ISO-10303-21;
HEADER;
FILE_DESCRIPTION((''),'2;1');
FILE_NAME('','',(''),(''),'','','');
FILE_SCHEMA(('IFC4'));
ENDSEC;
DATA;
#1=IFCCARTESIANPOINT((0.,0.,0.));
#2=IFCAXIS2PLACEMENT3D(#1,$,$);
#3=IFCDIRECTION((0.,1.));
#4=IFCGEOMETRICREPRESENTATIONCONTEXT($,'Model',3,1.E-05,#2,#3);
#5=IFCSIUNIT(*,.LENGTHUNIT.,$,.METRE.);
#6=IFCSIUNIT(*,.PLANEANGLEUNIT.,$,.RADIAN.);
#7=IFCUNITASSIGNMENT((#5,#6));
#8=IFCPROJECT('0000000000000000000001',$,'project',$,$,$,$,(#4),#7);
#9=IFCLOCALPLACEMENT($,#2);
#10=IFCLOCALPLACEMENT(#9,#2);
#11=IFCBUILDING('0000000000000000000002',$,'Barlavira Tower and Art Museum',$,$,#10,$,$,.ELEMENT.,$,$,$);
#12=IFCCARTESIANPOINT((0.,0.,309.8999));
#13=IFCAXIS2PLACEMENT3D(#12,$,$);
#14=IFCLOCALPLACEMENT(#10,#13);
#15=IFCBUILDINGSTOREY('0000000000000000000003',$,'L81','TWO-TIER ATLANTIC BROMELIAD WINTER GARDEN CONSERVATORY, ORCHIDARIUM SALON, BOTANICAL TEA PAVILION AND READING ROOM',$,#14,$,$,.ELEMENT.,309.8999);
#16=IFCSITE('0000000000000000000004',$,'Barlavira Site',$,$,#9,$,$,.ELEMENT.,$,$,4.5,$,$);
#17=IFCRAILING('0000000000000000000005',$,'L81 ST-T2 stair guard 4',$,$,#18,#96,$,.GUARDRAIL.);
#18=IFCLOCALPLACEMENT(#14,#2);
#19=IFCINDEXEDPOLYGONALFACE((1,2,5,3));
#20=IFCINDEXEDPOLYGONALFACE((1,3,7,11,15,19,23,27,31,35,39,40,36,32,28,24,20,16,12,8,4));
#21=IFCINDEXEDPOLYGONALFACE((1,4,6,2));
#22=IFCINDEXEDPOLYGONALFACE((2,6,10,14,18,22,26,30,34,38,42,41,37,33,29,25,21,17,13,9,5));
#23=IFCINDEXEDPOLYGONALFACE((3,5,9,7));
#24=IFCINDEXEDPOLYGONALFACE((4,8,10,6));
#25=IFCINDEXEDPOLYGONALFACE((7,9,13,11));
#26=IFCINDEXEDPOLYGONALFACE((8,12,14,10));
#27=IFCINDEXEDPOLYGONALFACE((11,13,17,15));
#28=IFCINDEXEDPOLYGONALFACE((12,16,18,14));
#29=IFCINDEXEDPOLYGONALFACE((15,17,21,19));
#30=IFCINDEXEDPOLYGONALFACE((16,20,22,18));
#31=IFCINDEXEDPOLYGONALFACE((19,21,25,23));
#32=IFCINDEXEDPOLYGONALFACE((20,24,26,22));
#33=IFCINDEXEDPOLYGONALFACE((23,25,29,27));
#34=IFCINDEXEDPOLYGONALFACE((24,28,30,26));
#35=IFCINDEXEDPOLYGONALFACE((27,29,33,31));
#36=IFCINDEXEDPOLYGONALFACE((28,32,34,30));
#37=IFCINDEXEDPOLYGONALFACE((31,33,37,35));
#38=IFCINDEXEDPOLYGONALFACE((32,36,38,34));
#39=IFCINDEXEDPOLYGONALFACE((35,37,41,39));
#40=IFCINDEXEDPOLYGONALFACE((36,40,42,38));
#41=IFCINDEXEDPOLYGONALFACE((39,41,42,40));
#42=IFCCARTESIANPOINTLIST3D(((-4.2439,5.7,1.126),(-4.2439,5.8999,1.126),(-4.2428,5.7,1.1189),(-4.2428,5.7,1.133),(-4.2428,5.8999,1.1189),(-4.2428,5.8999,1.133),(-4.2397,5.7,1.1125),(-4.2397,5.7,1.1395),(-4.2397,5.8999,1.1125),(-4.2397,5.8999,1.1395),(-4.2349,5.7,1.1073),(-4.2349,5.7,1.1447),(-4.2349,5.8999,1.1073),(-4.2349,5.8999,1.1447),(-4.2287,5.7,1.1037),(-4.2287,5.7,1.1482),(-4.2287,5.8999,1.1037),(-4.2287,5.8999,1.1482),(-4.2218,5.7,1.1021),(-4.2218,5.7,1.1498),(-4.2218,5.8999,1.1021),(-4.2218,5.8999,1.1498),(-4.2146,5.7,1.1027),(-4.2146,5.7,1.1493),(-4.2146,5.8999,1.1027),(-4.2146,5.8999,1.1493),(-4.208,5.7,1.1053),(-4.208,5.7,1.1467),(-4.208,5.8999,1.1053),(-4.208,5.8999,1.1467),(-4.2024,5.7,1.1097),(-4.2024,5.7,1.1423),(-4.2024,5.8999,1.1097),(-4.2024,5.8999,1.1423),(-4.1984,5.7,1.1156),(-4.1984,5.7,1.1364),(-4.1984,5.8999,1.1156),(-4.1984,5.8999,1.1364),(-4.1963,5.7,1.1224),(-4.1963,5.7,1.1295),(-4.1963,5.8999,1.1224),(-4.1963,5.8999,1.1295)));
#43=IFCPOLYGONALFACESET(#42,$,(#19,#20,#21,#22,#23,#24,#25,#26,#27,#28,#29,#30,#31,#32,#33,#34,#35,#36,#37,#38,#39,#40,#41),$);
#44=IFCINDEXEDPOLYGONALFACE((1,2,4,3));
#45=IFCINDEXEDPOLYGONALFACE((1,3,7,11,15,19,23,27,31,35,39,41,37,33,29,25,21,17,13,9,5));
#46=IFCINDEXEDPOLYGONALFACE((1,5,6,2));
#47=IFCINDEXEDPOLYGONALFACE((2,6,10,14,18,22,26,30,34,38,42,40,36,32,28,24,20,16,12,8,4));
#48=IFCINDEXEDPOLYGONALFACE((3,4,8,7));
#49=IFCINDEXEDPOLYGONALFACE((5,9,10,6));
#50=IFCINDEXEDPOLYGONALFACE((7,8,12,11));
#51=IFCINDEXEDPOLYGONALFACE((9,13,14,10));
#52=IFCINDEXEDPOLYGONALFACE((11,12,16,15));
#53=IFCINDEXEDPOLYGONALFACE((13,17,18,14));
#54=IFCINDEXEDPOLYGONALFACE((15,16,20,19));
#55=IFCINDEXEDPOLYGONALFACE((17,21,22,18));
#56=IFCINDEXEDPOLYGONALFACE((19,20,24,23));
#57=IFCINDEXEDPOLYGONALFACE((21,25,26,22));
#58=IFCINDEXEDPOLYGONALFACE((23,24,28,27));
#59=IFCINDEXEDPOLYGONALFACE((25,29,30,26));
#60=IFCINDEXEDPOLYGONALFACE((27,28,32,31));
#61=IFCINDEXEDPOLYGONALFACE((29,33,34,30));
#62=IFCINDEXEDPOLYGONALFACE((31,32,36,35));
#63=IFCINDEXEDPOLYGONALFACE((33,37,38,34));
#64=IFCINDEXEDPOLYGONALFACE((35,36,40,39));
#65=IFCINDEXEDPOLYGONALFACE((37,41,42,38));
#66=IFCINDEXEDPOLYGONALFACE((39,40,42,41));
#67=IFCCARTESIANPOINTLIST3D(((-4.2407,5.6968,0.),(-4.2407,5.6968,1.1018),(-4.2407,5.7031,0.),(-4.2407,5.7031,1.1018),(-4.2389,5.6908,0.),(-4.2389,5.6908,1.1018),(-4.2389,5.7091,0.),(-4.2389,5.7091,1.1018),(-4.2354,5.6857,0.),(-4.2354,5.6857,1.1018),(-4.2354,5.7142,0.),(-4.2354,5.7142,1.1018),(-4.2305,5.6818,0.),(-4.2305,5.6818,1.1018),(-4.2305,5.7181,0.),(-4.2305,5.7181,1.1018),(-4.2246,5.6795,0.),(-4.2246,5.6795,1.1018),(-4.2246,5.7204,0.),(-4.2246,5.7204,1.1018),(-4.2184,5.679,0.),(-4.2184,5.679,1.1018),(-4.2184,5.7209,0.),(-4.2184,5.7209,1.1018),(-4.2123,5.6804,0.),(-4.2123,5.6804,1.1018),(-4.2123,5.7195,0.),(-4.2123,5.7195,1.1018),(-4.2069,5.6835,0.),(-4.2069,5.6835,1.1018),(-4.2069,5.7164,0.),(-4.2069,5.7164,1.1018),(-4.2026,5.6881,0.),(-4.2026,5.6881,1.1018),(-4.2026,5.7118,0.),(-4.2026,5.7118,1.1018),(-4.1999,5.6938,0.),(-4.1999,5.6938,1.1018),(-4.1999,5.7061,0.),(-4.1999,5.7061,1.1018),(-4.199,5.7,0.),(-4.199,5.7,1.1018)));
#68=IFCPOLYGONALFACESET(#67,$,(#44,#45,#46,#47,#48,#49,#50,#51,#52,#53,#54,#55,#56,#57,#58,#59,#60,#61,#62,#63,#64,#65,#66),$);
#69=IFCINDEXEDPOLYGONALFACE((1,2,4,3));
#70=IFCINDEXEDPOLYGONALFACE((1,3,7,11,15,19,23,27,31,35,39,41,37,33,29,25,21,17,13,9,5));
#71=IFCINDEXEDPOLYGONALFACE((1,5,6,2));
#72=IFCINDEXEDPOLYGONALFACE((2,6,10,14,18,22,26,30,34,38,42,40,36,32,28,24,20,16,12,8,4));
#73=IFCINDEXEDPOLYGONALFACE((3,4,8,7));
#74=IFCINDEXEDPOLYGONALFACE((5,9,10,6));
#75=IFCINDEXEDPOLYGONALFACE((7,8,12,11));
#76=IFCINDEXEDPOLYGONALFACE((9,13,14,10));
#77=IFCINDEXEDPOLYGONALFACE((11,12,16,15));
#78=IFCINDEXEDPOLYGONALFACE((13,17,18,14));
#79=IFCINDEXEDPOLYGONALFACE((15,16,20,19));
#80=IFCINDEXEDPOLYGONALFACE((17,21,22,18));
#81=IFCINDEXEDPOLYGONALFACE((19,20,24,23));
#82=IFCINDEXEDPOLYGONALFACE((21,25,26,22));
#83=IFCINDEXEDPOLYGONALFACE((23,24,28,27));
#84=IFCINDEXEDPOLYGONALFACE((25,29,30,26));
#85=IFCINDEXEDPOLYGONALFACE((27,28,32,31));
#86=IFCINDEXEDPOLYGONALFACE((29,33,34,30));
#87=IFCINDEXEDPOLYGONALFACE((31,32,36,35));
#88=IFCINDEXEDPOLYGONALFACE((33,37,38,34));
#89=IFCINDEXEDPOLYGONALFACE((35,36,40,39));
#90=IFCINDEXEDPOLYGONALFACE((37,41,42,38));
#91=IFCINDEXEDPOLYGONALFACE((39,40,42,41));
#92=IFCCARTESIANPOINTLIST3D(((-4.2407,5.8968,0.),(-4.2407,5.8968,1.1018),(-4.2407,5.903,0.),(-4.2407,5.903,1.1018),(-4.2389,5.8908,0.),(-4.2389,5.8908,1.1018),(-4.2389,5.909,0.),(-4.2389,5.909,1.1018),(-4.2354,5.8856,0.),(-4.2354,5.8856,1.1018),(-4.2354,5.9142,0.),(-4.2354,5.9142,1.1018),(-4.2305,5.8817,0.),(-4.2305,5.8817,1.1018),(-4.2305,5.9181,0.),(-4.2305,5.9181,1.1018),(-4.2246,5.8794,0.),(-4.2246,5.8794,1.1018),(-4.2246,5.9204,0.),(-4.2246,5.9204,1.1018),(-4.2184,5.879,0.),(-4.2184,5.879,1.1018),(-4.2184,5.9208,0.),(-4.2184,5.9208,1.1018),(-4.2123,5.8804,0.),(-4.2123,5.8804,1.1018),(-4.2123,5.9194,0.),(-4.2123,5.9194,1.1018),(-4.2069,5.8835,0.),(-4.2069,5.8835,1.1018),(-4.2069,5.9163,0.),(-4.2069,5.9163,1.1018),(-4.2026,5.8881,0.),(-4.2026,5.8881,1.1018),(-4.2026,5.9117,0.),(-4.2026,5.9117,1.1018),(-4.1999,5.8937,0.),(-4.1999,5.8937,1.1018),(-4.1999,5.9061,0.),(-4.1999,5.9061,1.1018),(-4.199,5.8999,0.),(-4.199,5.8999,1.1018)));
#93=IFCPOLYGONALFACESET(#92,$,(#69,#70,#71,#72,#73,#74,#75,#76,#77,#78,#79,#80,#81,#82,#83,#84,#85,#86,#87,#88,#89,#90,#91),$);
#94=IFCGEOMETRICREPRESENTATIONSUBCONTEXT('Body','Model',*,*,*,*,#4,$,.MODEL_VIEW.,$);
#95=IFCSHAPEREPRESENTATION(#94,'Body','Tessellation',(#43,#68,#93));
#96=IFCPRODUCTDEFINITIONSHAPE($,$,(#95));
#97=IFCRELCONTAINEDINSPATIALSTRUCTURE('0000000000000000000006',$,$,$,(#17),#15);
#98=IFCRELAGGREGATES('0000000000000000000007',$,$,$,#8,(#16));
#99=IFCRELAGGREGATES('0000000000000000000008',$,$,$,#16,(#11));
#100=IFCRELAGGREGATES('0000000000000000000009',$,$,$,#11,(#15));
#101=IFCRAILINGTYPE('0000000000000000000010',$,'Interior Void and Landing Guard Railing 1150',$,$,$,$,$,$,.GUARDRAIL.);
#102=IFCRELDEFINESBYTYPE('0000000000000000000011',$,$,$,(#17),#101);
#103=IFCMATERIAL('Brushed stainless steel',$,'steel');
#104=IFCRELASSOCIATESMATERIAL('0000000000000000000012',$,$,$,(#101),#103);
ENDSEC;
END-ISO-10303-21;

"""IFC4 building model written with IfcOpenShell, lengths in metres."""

from ifc_helpers import new_model, si_unit, direction, frame, origin, origin_2d, place, context, subcontext, project, spatial, circle, extrude, material, type_object, element, save


model = new_model("IFC4")

# Units and contexts
model_context = context("Model", 3, precision=1e-05, world=origin(), true_north=direction((0.0, 1.0)))
body_context = subcontext(model_context, "Body", "Model", "MODEL_VIEW")
ifc_project = project(units=[si_unit("LENGTHUNIT", "METRE"), si_unit("PLANEANGLEUNIT", "RADIAN")], contexts=[model_context])

# Site, building, storey
site_placement = place(None, origin())
site = spatial("IfcSite", under=ifc_project, at=site_placement, Name="Barlavira Site", CompositionType="ELEMENT", RefElevation=4.5)
building_placement = place(site_placement, origin())
building = spatial("IfcBuilding", under=site, at=building_placement, Name="Barlavira Tower and Art Museum", CompositionType="ELEMENT")
storey_placement = place(building_placement, frame((0.0, 0.0, 309.8999)))
storey = spatial("IfcBuildingStorey", under=building, at=storey_placement, Name="L81", Description="TWO-TIER ATLANTIC BROMELIAD WINTER GARDEN CONSERVATORY, ORCHIDARIUM SALON, BOTANICAL TEA PAVILION AND READING ROOM", CompositionType="ELEMENT", Elevation=309.8999)

# Shared definitions
ifc_material_1 = material(Name="Brushed stainless steel", Category="steel")

# Railing
railing_type_1 = type_object("IfcRailingType", Name="Interior Void and Landing Guard Railing 1150", PredefinedType="GUARDRAIL", material=ifc_material_1)
railing_1_placement = place(storey_placement, frame((-4.22, 5.7, 0.0)))
element("IfcRailing", 1, at=railing_1_placement, inside=storey, type_object=railing_type_1, Name="L81 ST-T2 stair guard 4", PredefinedType="GUARDRAIL", context=body_context, shape_type="SweptSolid", body=[
    extrude(circle(Radius=0.0239, at=origin_2d()), frame((0.0, 0.0, 1.126), z_axis=(0.0, 1.0, 0.0), x_axis=(-1.0, 0.0, 0.0)), (0.0, 0.0, 1.0), 0.2),
    extrude(circle(Radius=0.021, at=origin_2d()), origin(), (0.0, 0.0, 1.0), 1.1018),
    extrude(circle(Radius=0.021, at=origin_2d()), frame((0.0, 0.2, 0.0)), (0.0, 0.0, 1.0), 1.1018),
])

save(model, "model.ifc")
